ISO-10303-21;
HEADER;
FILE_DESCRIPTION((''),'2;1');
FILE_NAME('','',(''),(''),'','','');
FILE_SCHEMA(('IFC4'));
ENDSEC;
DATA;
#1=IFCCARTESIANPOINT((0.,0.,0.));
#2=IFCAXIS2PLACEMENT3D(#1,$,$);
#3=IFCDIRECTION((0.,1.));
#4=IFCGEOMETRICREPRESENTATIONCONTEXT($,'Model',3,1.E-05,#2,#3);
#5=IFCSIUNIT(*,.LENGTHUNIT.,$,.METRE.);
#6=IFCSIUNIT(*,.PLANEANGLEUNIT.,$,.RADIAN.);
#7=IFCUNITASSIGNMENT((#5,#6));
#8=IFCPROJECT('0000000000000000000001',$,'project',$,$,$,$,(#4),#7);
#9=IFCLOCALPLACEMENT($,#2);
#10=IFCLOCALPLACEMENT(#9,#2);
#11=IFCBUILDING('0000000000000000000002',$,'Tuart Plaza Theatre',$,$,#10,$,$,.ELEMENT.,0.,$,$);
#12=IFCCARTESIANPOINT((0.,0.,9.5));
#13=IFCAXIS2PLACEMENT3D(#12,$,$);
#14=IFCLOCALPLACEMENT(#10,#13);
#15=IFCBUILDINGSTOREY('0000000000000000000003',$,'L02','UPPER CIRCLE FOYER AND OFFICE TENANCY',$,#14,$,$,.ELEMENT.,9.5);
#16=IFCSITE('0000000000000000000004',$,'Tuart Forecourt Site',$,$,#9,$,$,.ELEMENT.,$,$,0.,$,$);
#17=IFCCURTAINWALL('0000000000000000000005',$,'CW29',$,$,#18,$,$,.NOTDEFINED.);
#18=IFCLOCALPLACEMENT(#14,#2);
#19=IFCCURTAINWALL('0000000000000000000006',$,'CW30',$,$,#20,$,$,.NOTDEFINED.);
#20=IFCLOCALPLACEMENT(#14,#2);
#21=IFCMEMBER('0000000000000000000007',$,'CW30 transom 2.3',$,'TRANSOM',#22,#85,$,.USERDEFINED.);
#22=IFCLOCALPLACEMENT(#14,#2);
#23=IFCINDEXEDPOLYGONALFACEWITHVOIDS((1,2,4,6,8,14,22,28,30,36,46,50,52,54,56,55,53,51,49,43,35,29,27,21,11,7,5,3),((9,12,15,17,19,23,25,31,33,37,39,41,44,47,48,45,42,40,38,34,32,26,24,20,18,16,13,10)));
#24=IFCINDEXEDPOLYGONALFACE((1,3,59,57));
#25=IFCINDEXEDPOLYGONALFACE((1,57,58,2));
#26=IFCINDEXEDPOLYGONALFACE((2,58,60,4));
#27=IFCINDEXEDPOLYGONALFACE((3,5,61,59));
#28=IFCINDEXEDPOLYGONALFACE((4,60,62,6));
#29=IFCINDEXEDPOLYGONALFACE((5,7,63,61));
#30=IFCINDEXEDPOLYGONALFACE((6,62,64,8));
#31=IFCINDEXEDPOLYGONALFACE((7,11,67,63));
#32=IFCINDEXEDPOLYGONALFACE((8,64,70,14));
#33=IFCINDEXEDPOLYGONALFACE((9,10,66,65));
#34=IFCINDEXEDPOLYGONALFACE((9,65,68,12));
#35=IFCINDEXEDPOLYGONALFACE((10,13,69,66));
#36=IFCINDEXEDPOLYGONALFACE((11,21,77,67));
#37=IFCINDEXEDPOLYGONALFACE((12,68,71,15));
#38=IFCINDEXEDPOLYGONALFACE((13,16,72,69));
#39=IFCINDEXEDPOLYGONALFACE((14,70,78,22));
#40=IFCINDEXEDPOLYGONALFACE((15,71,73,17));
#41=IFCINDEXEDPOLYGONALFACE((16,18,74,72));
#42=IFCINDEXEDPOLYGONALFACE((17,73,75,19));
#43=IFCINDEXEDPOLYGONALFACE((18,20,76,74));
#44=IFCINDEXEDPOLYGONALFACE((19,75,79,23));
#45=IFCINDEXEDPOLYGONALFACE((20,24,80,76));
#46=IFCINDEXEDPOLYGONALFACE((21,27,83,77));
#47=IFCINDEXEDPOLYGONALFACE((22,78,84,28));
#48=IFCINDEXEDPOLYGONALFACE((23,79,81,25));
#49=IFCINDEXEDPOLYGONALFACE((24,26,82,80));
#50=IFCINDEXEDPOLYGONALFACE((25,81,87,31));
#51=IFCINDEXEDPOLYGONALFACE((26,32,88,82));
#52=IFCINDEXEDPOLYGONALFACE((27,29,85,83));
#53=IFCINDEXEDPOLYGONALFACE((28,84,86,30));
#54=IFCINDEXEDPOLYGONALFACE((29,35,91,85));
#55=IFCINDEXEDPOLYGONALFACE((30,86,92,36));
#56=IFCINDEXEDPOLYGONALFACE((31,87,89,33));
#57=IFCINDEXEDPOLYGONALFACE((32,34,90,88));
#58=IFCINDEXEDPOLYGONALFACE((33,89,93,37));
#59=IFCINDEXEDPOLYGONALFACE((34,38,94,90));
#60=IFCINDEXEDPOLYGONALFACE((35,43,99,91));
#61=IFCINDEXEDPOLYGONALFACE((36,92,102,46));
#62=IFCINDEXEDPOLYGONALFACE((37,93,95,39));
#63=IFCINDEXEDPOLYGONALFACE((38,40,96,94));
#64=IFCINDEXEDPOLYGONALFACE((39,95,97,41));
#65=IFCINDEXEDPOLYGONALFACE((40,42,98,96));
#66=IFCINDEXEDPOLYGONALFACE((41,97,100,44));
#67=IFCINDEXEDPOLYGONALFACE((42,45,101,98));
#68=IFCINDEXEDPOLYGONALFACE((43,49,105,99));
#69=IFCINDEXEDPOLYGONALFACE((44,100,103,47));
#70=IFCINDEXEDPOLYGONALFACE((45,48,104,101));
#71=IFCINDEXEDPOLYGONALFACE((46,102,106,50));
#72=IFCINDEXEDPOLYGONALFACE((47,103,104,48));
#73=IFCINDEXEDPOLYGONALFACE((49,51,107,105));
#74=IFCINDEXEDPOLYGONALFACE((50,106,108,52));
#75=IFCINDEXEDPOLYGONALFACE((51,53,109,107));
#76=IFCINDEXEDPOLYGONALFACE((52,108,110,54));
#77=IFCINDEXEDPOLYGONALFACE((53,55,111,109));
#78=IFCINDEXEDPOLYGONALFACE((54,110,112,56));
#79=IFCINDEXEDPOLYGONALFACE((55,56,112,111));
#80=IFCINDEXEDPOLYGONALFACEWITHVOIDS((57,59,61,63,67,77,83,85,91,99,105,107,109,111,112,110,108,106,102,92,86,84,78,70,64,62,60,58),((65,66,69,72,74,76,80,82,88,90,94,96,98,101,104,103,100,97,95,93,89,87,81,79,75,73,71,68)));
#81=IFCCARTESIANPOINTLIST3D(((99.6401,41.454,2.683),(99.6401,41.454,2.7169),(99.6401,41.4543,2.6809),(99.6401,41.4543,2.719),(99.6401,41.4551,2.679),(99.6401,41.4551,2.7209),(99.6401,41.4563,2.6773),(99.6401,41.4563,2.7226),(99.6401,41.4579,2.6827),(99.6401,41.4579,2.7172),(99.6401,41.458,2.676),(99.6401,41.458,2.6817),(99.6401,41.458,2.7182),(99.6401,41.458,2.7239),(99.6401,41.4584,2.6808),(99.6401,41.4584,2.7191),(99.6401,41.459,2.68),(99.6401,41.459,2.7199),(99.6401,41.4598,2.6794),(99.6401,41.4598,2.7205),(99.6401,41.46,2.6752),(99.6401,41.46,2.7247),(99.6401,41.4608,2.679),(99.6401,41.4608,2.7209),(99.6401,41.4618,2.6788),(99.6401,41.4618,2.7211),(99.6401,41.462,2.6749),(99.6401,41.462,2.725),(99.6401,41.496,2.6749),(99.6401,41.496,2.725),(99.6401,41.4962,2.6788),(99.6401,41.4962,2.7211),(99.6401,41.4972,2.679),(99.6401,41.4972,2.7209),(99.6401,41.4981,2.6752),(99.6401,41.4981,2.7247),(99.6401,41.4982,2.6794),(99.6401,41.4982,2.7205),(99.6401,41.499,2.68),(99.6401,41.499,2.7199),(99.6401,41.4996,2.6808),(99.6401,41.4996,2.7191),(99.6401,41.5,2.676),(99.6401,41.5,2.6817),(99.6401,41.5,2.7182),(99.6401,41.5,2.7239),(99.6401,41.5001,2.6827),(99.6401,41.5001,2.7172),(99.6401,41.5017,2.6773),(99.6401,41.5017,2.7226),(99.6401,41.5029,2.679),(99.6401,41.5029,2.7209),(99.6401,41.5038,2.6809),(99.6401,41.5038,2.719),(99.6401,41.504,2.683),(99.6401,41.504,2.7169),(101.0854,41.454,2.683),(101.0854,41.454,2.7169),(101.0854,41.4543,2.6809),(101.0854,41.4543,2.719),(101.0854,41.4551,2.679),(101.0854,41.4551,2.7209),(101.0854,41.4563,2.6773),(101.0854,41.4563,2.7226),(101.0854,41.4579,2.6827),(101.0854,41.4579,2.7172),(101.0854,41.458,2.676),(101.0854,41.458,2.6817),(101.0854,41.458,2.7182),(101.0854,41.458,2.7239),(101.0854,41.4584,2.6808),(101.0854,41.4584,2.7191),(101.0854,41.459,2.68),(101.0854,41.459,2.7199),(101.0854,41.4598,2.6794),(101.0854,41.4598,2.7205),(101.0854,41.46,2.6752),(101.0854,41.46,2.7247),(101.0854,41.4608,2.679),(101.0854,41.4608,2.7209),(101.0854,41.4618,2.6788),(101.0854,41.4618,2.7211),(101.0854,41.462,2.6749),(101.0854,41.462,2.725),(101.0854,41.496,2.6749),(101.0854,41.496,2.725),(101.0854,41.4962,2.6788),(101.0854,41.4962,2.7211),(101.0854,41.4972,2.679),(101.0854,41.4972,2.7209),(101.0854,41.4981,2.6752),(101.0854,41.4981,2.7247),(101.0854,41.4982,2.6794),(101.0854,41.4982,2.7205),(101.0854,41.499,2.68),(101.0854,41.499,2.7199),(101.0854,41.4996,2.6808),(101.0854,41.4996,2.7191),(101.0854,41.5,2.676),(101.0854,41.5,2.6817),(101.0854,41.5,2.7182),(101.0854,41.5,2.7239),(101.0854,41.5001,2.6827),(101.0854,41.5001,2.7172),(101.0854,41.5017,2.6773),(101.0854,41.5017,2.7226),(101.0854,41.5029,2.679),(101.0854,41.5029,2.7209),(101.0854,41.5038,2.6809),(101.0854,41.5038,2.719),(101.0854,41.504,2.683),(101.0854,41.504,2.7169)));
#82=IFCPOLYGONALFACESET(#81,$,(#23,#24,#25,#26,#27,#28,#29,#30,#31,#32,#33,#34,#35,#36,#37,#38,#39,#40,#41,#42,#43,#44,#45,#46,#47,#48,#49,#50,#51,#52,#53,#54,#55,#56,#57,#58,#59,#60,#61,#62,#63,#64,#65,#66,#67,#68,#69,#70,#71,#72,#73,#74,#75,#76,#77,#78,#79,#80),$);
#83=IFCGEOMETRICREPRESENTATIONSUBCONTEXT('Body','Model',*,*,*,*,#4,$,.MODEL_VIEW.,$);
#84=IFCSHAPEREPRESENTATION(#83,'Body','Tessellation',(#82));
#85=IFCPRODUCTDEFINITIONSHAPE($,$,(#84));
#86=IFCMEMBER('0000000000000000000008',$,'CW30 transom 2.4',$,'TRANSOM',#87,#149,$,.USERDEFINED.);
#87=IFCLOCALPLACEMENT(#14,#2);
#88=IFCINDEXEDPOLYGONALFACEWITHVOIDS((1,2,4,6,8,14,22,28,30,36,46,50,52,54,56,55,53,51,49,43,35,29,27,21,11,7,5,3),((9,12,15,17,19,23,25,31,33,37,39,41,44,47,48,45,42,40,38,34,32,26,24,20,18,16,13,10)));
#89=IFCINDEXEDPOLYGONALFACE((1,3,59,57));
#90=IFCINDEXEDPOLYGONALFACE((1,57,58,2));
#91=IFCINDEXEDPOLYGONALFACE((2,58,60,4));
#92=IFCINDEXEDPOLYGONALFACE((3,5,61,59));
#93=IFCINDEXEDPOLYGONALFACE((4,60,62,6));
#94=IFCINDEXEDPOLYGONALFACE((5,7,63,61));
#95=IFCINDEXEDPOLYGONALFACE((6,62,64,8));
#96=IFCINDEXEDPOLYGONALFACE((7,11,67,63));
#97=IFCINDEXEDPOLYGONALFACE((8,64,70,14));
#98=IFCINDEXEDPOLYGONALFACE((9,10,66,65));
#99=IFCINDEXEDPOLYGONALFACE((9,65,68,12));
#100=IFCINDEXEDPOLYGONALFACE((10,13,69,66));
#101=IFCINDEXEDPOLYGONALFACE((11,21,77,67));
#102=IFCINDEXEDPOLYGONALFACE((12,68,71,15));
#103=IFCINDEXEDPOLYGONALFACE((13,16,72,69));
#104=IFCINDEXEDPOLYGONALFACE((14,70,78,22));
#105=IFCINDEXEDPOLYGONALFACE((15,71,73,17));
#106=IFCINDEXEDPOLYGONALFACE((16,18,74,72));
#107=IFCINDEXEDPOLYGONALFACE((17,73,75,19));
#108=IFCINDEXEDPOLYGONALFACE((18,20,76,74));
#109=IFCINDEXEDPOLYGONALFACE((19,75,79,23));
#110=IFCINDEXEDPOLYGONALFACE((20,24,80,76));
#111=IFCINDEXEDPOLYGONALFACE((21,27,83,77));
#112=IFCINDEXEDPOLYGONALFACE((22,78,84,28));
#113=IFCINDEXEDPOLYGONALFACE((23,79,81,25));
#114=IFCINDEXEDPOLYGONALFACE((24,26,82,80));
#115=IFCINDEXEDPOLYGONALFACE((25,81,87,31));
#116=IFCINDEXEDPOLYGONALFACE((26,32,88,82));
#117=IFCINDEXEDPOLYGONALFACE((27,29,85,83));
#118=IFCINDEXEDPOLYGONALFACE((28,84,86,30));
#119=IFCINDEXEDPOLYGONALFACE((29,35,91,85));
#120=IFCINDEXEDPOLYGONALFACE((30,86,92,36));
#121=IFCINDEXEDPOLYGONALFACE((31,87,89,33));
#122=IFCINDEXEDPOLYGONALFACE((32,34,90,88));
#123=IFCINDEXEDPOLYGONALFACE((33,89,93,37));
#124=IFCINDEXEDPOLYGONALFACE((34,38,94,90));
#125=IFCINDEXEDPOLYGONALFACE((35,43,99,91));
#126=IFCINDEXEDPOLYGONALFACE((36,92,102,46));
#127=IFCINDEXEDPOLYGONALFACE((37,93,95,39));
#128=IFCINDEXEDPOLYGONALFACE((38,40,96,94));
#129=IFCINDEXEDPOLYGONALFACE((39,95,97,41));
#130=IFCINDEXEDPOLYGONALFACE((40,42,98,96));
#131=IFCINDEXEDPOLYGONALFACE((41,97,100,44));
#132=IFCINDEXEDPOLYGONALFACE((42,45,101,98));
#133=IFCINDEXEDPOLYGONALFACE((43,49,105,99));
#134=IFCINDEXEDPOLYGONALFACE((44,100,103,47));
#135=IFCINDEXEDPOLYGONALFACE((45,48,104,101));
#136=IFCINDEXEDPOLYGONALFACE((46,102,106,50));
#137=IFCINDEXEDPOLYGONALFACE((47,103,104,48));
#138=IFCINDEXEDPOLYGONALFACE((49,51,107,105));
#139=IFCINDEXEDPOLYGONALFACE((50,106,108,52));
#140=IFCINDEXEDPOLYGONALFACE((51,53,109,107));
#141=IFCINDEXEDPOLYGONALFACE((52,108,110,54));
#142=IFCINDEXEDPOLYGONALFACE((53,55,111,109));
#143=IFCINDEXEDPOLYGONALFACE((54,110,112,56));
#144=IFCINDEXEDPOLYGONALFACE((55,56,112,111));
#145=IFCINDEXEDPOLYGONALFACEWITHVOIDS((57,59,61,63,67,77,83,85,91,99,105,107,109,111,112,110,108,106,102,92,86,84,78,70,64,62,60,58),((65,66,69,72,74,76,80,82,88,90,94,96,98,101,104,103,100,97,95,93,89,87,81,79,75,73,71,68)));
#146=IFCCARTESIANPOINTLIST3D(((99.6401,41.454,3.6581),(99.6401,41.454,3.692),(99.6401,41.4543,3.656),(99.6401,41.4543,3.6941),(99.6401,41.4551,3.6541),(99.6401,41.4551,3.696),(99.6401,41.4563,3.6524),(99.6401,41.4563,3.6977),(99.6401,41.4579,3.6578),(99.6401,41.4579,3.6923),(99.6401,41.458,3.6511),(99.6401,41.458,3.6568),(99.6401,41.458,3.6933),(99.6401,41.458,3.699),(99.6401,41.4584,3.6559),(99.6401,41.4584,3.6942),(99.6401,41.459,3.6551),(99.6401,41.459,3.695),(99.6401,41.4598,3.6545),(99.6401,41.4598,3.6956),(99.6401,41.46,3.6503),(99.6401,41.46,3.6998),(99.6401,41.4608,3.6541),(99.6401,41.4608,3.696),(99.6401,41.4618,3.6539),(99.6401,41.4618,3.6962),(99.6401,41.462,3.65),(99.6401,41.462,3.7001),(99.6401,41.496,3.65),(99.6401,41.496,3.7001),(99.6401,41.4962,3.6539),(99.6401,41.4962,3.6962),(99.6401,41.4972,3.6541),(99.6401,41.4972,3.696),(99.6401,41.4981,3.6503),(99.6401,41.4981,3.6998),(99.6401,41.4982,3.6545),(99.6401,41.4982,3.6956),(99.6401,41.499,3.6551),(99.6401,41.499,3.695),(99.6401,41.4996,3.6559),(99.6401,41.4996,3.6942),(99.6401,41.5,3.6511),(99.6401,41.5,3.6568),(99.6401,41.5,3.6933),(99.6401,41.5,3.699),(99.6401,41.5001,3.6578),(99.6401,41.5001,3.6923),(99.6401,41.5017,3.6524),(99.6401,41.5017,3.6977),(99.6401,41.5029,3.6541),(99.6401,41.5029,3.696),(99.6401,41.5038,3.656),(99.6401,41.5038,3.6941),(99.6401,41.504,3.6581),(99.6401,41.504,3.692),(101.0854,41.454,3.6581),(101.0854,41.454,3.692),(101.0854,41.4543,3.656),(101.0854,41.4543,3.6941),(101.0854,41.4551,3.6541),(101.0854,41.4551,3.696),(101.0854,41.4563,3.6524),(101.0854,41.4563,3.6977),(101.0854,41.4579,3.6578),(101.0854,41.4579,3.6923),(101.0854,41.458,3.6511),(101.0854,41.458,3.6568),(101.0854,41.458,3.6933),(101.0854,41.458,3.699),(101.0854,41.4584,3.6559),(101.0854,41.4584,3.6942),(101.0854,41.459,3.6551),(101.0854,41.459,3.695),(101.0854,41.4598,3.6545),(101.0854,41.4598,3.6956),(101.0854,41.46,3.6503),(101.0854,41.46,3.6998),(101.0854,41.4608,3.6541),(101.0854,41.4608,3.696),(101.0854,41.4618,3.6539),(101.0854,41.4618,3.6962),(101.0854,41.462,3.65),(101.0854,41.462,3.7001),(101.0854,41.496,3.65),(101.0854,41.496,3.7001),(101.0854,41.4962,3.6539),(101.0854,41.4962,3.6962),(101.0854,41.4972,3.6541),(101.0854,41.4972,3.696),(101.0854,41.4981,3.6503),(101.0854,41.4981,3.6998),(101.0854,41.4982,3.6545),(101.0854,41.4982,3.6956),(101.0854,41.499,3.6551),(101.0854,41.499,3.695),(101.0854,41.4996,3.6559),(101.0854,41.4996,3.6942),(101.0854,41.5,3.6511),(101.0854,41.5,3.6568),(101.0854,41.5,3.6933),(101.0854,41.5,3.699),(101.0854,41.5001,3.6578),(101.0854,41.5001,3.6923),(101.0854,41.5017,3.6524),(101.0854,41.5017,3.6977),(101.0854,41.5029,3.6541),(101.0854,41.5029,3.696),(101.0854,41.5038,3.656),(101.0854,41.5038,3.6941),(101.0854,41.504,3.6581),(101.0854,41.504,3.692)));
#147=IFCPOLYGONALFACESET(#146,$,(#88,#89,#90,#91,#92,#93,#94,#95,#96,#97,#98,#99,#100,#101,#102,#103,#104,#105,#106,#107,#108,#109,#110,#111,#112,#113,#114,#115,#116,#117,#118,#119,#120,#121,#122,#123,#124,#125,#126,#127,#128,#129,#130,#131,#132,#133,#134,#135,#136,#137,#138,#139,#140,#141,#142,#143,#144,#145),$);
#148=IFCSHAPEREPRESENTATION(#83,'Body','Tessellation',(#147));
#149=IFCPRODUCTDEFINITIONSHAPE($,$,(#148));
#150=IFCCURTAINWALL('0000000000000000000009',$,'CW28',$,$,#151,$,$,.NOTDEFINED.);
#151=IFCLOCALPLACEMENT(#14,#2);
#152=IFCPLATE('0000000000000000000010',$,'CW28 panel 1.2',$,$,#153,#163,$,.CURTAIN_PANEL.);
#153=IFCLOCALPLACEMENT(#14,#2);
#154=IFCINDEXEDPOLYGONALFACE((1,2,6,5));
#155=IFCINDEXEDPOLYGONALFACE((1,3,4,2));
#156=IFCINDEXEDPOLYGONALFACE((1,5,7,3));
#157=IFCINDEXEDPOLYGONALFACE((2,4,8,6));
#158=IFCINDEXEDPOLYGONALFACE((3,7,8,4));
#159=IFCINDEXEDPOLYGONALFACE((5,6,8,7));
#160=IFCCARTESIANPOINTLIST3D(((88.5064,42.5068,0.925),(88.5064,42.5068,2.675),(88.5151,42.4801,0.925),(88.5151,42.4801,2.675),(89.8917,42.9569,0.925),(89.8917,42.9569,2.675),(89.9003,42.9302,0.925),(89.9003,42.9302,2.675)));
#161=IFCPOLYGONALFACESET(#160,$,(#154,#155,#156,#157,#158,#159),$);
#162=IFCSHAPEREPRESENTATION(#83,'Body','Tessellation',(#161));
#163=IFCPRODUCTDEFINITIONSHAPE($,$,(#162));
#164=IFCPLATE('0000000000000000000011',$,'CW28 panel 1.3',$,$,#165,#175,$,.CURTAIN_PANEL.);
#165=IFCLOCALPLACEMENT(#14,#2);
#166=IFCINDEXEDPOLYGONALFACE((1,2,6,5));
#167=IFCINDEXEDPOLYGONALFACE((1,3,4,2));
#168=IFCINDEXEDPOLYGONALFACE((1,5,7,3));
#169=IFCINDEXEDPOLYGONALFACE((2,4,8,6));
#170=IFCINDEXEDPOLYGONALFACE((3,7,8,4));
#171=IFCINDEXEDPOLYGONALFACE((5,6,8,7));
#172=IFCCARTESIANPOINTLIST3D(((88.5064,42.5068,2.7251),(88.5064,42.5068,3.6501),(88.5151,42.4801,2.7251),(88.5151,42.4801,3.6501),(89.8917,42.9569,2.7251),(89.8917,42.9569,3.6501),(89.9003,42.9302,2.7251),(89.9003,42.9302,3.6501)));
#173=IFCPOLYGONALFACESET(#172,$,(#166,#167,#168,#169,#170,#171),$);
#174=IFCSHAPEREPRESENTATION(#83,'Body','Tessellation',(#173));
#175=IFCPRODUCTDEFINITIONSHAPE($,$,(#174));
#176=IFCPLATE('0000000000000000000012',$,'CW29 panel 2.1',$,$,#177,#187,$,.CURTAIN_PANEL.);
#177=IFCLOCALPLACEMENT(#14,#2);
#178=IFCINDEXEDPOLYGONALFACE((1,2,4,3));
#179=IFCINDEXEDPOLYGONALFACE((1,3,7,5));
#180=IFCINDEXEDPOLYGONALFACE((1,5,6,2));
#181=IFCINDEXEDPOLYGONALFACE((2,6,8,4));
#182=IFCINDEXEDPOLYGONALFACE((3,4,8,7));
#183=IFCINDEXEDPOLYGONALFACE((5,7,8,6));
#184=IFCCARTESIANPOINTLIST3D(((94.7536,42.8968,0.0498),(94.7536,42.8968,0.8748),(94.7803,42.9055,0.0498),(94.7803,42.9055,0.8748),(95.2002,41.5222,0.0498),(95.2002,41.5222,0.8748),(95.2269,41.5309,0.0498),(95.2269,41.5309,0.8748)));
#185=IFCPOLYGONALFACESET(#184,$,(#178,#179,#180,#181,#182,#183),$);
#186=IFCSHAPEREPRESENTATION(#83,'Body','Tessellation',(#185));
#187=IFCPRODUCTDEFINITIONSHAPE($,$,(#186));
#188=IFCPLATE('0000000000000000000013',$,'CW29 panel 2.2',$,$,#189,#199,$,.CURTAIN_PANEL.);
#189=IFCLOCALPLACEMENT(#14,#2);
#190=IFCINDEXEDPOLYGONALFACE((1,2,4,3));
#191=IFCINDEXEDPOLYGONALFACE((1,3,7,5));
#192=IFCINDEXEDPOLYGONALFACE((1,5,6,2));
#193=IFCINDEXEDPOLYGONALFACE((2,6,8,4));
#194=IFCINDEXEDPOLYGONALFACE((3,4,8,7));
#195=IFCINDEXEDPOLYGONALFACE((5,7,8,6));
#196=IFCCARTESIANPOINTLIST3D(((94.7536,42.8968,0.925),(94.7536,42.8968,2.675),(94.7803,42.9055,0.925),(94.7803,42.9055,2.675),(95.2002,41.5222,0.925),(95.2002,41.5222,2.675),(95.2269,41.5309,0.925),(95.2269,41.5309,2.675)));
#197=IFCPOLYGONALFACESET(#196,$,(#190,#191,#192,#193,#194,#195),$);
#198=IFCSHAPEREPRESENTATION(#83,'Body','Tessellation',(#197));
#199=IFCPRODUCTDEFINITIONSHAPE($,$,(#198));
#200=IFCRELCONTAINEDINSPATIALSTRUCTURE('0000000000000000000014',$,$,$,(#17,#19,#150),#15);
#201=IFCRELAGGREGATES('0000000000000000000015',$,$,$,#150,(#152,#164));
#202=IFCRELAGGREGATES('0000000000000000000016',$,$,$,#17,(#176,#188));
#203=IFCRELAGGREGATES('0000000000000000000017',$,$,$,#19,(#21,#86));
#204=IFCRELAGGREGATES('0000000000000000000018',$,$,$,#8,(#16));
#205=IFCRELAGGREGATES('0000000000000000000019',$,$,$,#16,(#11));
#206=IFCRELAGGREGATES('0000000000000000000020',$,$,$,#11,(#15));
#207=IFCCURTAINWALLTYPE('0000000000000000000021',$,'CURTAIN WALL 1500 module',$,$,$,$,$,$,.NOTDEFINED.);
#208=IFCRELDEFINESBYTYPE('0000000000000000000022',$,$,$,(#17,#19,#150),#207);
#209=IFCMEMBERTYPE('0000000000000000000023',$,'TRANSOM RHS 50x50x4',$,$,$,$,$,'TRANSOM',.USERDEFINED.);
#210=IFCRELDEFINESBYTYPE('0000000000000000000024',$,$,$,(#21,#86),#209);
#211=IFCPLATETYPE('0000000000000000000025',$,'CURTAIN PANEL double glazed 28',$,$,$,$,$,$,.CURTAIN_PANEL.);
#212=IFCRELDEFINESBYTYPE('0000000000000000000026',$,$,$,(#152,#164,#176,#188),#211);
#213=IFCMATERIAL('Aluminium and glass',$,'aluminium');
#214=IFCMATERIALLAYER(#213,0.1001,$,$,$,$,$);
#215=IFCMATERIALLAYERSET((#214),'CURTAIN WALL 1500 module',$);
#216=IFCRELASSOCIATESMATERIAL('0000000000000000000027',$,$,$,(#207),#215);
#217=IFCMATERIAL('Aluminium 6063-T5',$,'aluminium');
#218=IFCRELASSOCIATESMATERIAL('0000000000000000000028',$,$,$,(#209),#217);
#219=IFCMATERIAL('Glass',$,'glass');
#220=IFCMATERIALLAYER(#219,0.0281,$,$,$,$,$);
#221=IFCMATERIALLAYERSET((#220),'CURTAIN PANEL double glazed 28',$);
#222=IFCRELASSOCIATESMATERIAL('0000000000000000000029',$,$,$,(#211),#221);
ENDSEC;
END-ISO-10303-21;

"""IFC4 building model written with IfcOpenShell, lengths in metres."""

from ifc_helpers import new_model, si_unit, direction, frame, origin, origin_2d, place, context, subcontext, project, spatial, rectangle, hollow_rectangle, extrude, material, layer, layer_set, material_profile, profile_set, type_object, element, aggregate, save


model = new_model("IFC4")

# Units and contexts
model_context = context("Model", 3, precision=1e-05, world=origin(), true_north=direction((0.0, 1.0)))
body_context = subcontext(model_context, "Body", "Model", "MODEL_VIEW")
ifc_project = project(units=[si_unit("LENGTHUNIT", "METRE"), si_unit("PLANEANGLEUNIT", "RADIAN")], contexts=[model_context])

# Site, building, storey
site_placement = place(None, origin())
site = spatial("IfcSite", under=ifc_project, at=site_placement, Name="Tuart Forecourt Site", CompositionType="ELEMENT", RefElevation=0.0)
building_placement = place(site_placement, origin())
building = spatial("IfcBuilding", under=site, at=building_placement, Name="Tuart Plaza Theatre", CompositionType="ELEMENT", ElevationOfRefHeight=0.0)
storey_placement = place(building_placement, frame((0.0, 0.0, 9.5)))
storey = spatial("IfcBuildingStorey", under=building, at=storey_placement, Name="L02", Description="UPPER CIRCLE FOYER AND OFFICE TENANCY", CompositionType="ELEMENT", Elevation=9.5)

# Curtain wall
ifc_material_1 = material(Name="Aluminium and glass", Category="aluminium")
ifc_layer_1 = layer(ifc_material_1, 0.1001)
ifc_layer_set_1 = layer_set([ifc_layer_1], Name="CURTAIN WALL 1500 module")
curtain_wall_type = type_object("IfcCurtainWallType", Name="CURTAIN WALL 1500 module", PredefinedType="NOTDEFINED", material=ifc_layer_set_1)
curtain_wall_1_placement = place(storey_placement, origin())
curtain_wall_1 = element("IfcCurtainWall", 1, at=curtain_wall_1_placement, inside=storey, type_object=curtain_wall_type, Name="CW29", PredefinedType="NOTDEFINED")

# Curtain wall, members
curtain_wall_2_placement = place(storey_placement, origin())
curtain_wall_2 = element("IfcCurtainWall", 2, at=curtain_wall_2_placement, inside=storey, type_object=curtain_wall_type, Name="CW30", PredefinedType="NOTDEFINED")
ifc_material_2 = material(Name="Aluminium 6063-T5", Category="aluminium")
ifc_material_profile_1 = material_profile(ifc_material_2, hollow_rectangle(XDim=0.05, YDim=0.05, WallThickness=0.0039, InnerFilletRadius=0.0039, OuterFilletRadius=0.0081, at=origin_2d()), Name="RHS 50x50x4")
ifc_profile_set_1 = profile_set([ifc_material_profile_1], Name="Aluminium 6063-T5")
member_type_1 = type_object("IfcMemberType", Name="TRANSOM RHS 50x50x4", ElementType="TRANSOM", PredefinedType="USERDEFINED", material=ifc_profile_set_1)
member_1_placement = place(storey_placement, frame((99.6401, 41.479, 2.7), z_axis=(1.0, 0.0, 0.0), x_axis=(0.0, 1.0, 0.0)))
member_1 = element("IfcMember", 3, at=member_1_placement, type_object=member_type_1, Name="CW30 transom 2.3", ObjectType="TRANSOM", PredefinedType="USERDEFINED", context=body_context, shape_type="SweptSolid", body=[
    extrude(hollow_rectangle(XDim=0.05, YDim=0.05, WallThickness=0.0039, InnerFilletRadius=0.0039, OuterFilletRadius=0.0081, at=origin_2d()), origin(), (0.0, 0.0, 1.0), 1.4453),
])
member_2_placement = place(storey_placement, frame((99.6401, 41.479, 3.675), z_axis=(1.0, 0.0, 0.0), x_axis=(0.0, 1.0, 0.0)))
member_2 = element("IfcMember", 4, at=member_2_placement, type_object=member_type_1, Name="CW30 transom 2.4", ObjectType="TRANSOM", PredefinedType="USERDEFINED", context=body_context, shape_type="SweptSolid", body=[
    extrude(hollow_rectangle(XDim=0.05, YDim=0.05, WallThickness=0.0039, InnerFilletRadius=0.0039, OuterFilletRadius=0.0081, at=origin_2d()), origin(), (0.0, 0.0, 1.0), 1.4453),
])

# Curtain wall, plates
curtain_wall_3_placement = place(storey_placement, origin())
curtain_wall_3 = element("IfcCurtainWall", 5, at=curtain_wall_3_placement, inside=storey, type_object=curtain_wall_type, Name="CW28", PredefinedType="NOTDEFINED")
ifc_material_3 = material(Name="Glass", Category="glass")
ifc_layer_2 = layer(ifc_material_3, 0.0281)
ifc_layer_set_2 = layer_set([ifc_layer_2], Name="CURTAIN PANEL double glazed 28")
plate_type = type_object("IfcPlateType", Name="CURTAIN PANEL double glazed 28", PredefinedType="CURTAIN_PANEL", material=ifc_layer_set_2)
plate_1_placement = place(storey_placement, frame((89.2034, 42.7185, 0.925), z_axis=(0.0, 0.0, 1.0), x_axis=(0.951056, 0.309018, 0.0)))
plate_1 = element("IfcPlate", 6, at=plate_1_placement, type_object=plate_type, Name="CW28 panel 1.2", PredefinedType="CURTAIN_PANEL", context=body_context, shape_type="SweptSolid", body=[
    extrude(rectangle(XDim=1.4565, YDim=0.0281, at=origin_2d()), origin(), (0.0, 0.0, 1.0), 1.75),
])
plate_2_placement = place(storey_placement, frame((89.2034, 42.7185, 2.7251), z_axis=(0.0, 0.0, 1.0), x_axis=(0.951056, 0.309018, 0.0)))
plate_2 = element("IfcPlate", 7, at=plate_2_placement, type_object=plate_type, Name="CW28 panel 1.3", PredefinedType="CURTAIN_PANEL", context=body_context, shape_type="SweptSolid", body=[
    extrude(rectangle(XDim=1.4565, YDim=0.0281, at=origin_2d()), origin(), (0.0, 0.0, 1.0), 0.925),
])
aggregate(curtain_wall_3, [plate_1, plate_2])

# Plates
plate_3_placement = place(storey_placement, frame((94.9902, 42.2139, 0.0498), z_axis=(0.0, 0.0, 1.0), x_axis=(0.309018, -0.951056, 0.0)))
plate_3 = element("IfcPlate", 8, at=plate_3_placement, type_object=plate_type, Name="CW29 panel 2.1", PredefinedType="CURTAIN_PANEL", context=body_context, shape_type="SweptSolid", body=[
    extrude(rectangle(XDim=1.4453, YDim=0.0281, at=origin_2d()), origin(), (0.0, 0.0, 1.0), 0.825),
])
plate_4_placement = place(storey_placement, frame((94.9902, 42.2139, 0.925), z_axis=(0.0, 0.0, 1.0), x_axis=(0.309018, -0.951056, 0.0)))
plate_4 = element("IfcPlate", 9, at=plate_4_placement, type_object=plate_type, Name="CW29 panel 2.2", PredefinedType="CURTAIN_PANEL", context=body_context, shape_type="SweptSolid", body=[
    extrude(rectangle(XDim=1.4453, YDim=0.0281, at=origin_2d()), origin(), (0.0, 0.0, 1.0), 1.75),
])
aggregate(curtain_wall_1, [plate_3, plate_4])
aggregate(curtain_wall_2, [member_1, member_2])

save(model, "model.ifc")
